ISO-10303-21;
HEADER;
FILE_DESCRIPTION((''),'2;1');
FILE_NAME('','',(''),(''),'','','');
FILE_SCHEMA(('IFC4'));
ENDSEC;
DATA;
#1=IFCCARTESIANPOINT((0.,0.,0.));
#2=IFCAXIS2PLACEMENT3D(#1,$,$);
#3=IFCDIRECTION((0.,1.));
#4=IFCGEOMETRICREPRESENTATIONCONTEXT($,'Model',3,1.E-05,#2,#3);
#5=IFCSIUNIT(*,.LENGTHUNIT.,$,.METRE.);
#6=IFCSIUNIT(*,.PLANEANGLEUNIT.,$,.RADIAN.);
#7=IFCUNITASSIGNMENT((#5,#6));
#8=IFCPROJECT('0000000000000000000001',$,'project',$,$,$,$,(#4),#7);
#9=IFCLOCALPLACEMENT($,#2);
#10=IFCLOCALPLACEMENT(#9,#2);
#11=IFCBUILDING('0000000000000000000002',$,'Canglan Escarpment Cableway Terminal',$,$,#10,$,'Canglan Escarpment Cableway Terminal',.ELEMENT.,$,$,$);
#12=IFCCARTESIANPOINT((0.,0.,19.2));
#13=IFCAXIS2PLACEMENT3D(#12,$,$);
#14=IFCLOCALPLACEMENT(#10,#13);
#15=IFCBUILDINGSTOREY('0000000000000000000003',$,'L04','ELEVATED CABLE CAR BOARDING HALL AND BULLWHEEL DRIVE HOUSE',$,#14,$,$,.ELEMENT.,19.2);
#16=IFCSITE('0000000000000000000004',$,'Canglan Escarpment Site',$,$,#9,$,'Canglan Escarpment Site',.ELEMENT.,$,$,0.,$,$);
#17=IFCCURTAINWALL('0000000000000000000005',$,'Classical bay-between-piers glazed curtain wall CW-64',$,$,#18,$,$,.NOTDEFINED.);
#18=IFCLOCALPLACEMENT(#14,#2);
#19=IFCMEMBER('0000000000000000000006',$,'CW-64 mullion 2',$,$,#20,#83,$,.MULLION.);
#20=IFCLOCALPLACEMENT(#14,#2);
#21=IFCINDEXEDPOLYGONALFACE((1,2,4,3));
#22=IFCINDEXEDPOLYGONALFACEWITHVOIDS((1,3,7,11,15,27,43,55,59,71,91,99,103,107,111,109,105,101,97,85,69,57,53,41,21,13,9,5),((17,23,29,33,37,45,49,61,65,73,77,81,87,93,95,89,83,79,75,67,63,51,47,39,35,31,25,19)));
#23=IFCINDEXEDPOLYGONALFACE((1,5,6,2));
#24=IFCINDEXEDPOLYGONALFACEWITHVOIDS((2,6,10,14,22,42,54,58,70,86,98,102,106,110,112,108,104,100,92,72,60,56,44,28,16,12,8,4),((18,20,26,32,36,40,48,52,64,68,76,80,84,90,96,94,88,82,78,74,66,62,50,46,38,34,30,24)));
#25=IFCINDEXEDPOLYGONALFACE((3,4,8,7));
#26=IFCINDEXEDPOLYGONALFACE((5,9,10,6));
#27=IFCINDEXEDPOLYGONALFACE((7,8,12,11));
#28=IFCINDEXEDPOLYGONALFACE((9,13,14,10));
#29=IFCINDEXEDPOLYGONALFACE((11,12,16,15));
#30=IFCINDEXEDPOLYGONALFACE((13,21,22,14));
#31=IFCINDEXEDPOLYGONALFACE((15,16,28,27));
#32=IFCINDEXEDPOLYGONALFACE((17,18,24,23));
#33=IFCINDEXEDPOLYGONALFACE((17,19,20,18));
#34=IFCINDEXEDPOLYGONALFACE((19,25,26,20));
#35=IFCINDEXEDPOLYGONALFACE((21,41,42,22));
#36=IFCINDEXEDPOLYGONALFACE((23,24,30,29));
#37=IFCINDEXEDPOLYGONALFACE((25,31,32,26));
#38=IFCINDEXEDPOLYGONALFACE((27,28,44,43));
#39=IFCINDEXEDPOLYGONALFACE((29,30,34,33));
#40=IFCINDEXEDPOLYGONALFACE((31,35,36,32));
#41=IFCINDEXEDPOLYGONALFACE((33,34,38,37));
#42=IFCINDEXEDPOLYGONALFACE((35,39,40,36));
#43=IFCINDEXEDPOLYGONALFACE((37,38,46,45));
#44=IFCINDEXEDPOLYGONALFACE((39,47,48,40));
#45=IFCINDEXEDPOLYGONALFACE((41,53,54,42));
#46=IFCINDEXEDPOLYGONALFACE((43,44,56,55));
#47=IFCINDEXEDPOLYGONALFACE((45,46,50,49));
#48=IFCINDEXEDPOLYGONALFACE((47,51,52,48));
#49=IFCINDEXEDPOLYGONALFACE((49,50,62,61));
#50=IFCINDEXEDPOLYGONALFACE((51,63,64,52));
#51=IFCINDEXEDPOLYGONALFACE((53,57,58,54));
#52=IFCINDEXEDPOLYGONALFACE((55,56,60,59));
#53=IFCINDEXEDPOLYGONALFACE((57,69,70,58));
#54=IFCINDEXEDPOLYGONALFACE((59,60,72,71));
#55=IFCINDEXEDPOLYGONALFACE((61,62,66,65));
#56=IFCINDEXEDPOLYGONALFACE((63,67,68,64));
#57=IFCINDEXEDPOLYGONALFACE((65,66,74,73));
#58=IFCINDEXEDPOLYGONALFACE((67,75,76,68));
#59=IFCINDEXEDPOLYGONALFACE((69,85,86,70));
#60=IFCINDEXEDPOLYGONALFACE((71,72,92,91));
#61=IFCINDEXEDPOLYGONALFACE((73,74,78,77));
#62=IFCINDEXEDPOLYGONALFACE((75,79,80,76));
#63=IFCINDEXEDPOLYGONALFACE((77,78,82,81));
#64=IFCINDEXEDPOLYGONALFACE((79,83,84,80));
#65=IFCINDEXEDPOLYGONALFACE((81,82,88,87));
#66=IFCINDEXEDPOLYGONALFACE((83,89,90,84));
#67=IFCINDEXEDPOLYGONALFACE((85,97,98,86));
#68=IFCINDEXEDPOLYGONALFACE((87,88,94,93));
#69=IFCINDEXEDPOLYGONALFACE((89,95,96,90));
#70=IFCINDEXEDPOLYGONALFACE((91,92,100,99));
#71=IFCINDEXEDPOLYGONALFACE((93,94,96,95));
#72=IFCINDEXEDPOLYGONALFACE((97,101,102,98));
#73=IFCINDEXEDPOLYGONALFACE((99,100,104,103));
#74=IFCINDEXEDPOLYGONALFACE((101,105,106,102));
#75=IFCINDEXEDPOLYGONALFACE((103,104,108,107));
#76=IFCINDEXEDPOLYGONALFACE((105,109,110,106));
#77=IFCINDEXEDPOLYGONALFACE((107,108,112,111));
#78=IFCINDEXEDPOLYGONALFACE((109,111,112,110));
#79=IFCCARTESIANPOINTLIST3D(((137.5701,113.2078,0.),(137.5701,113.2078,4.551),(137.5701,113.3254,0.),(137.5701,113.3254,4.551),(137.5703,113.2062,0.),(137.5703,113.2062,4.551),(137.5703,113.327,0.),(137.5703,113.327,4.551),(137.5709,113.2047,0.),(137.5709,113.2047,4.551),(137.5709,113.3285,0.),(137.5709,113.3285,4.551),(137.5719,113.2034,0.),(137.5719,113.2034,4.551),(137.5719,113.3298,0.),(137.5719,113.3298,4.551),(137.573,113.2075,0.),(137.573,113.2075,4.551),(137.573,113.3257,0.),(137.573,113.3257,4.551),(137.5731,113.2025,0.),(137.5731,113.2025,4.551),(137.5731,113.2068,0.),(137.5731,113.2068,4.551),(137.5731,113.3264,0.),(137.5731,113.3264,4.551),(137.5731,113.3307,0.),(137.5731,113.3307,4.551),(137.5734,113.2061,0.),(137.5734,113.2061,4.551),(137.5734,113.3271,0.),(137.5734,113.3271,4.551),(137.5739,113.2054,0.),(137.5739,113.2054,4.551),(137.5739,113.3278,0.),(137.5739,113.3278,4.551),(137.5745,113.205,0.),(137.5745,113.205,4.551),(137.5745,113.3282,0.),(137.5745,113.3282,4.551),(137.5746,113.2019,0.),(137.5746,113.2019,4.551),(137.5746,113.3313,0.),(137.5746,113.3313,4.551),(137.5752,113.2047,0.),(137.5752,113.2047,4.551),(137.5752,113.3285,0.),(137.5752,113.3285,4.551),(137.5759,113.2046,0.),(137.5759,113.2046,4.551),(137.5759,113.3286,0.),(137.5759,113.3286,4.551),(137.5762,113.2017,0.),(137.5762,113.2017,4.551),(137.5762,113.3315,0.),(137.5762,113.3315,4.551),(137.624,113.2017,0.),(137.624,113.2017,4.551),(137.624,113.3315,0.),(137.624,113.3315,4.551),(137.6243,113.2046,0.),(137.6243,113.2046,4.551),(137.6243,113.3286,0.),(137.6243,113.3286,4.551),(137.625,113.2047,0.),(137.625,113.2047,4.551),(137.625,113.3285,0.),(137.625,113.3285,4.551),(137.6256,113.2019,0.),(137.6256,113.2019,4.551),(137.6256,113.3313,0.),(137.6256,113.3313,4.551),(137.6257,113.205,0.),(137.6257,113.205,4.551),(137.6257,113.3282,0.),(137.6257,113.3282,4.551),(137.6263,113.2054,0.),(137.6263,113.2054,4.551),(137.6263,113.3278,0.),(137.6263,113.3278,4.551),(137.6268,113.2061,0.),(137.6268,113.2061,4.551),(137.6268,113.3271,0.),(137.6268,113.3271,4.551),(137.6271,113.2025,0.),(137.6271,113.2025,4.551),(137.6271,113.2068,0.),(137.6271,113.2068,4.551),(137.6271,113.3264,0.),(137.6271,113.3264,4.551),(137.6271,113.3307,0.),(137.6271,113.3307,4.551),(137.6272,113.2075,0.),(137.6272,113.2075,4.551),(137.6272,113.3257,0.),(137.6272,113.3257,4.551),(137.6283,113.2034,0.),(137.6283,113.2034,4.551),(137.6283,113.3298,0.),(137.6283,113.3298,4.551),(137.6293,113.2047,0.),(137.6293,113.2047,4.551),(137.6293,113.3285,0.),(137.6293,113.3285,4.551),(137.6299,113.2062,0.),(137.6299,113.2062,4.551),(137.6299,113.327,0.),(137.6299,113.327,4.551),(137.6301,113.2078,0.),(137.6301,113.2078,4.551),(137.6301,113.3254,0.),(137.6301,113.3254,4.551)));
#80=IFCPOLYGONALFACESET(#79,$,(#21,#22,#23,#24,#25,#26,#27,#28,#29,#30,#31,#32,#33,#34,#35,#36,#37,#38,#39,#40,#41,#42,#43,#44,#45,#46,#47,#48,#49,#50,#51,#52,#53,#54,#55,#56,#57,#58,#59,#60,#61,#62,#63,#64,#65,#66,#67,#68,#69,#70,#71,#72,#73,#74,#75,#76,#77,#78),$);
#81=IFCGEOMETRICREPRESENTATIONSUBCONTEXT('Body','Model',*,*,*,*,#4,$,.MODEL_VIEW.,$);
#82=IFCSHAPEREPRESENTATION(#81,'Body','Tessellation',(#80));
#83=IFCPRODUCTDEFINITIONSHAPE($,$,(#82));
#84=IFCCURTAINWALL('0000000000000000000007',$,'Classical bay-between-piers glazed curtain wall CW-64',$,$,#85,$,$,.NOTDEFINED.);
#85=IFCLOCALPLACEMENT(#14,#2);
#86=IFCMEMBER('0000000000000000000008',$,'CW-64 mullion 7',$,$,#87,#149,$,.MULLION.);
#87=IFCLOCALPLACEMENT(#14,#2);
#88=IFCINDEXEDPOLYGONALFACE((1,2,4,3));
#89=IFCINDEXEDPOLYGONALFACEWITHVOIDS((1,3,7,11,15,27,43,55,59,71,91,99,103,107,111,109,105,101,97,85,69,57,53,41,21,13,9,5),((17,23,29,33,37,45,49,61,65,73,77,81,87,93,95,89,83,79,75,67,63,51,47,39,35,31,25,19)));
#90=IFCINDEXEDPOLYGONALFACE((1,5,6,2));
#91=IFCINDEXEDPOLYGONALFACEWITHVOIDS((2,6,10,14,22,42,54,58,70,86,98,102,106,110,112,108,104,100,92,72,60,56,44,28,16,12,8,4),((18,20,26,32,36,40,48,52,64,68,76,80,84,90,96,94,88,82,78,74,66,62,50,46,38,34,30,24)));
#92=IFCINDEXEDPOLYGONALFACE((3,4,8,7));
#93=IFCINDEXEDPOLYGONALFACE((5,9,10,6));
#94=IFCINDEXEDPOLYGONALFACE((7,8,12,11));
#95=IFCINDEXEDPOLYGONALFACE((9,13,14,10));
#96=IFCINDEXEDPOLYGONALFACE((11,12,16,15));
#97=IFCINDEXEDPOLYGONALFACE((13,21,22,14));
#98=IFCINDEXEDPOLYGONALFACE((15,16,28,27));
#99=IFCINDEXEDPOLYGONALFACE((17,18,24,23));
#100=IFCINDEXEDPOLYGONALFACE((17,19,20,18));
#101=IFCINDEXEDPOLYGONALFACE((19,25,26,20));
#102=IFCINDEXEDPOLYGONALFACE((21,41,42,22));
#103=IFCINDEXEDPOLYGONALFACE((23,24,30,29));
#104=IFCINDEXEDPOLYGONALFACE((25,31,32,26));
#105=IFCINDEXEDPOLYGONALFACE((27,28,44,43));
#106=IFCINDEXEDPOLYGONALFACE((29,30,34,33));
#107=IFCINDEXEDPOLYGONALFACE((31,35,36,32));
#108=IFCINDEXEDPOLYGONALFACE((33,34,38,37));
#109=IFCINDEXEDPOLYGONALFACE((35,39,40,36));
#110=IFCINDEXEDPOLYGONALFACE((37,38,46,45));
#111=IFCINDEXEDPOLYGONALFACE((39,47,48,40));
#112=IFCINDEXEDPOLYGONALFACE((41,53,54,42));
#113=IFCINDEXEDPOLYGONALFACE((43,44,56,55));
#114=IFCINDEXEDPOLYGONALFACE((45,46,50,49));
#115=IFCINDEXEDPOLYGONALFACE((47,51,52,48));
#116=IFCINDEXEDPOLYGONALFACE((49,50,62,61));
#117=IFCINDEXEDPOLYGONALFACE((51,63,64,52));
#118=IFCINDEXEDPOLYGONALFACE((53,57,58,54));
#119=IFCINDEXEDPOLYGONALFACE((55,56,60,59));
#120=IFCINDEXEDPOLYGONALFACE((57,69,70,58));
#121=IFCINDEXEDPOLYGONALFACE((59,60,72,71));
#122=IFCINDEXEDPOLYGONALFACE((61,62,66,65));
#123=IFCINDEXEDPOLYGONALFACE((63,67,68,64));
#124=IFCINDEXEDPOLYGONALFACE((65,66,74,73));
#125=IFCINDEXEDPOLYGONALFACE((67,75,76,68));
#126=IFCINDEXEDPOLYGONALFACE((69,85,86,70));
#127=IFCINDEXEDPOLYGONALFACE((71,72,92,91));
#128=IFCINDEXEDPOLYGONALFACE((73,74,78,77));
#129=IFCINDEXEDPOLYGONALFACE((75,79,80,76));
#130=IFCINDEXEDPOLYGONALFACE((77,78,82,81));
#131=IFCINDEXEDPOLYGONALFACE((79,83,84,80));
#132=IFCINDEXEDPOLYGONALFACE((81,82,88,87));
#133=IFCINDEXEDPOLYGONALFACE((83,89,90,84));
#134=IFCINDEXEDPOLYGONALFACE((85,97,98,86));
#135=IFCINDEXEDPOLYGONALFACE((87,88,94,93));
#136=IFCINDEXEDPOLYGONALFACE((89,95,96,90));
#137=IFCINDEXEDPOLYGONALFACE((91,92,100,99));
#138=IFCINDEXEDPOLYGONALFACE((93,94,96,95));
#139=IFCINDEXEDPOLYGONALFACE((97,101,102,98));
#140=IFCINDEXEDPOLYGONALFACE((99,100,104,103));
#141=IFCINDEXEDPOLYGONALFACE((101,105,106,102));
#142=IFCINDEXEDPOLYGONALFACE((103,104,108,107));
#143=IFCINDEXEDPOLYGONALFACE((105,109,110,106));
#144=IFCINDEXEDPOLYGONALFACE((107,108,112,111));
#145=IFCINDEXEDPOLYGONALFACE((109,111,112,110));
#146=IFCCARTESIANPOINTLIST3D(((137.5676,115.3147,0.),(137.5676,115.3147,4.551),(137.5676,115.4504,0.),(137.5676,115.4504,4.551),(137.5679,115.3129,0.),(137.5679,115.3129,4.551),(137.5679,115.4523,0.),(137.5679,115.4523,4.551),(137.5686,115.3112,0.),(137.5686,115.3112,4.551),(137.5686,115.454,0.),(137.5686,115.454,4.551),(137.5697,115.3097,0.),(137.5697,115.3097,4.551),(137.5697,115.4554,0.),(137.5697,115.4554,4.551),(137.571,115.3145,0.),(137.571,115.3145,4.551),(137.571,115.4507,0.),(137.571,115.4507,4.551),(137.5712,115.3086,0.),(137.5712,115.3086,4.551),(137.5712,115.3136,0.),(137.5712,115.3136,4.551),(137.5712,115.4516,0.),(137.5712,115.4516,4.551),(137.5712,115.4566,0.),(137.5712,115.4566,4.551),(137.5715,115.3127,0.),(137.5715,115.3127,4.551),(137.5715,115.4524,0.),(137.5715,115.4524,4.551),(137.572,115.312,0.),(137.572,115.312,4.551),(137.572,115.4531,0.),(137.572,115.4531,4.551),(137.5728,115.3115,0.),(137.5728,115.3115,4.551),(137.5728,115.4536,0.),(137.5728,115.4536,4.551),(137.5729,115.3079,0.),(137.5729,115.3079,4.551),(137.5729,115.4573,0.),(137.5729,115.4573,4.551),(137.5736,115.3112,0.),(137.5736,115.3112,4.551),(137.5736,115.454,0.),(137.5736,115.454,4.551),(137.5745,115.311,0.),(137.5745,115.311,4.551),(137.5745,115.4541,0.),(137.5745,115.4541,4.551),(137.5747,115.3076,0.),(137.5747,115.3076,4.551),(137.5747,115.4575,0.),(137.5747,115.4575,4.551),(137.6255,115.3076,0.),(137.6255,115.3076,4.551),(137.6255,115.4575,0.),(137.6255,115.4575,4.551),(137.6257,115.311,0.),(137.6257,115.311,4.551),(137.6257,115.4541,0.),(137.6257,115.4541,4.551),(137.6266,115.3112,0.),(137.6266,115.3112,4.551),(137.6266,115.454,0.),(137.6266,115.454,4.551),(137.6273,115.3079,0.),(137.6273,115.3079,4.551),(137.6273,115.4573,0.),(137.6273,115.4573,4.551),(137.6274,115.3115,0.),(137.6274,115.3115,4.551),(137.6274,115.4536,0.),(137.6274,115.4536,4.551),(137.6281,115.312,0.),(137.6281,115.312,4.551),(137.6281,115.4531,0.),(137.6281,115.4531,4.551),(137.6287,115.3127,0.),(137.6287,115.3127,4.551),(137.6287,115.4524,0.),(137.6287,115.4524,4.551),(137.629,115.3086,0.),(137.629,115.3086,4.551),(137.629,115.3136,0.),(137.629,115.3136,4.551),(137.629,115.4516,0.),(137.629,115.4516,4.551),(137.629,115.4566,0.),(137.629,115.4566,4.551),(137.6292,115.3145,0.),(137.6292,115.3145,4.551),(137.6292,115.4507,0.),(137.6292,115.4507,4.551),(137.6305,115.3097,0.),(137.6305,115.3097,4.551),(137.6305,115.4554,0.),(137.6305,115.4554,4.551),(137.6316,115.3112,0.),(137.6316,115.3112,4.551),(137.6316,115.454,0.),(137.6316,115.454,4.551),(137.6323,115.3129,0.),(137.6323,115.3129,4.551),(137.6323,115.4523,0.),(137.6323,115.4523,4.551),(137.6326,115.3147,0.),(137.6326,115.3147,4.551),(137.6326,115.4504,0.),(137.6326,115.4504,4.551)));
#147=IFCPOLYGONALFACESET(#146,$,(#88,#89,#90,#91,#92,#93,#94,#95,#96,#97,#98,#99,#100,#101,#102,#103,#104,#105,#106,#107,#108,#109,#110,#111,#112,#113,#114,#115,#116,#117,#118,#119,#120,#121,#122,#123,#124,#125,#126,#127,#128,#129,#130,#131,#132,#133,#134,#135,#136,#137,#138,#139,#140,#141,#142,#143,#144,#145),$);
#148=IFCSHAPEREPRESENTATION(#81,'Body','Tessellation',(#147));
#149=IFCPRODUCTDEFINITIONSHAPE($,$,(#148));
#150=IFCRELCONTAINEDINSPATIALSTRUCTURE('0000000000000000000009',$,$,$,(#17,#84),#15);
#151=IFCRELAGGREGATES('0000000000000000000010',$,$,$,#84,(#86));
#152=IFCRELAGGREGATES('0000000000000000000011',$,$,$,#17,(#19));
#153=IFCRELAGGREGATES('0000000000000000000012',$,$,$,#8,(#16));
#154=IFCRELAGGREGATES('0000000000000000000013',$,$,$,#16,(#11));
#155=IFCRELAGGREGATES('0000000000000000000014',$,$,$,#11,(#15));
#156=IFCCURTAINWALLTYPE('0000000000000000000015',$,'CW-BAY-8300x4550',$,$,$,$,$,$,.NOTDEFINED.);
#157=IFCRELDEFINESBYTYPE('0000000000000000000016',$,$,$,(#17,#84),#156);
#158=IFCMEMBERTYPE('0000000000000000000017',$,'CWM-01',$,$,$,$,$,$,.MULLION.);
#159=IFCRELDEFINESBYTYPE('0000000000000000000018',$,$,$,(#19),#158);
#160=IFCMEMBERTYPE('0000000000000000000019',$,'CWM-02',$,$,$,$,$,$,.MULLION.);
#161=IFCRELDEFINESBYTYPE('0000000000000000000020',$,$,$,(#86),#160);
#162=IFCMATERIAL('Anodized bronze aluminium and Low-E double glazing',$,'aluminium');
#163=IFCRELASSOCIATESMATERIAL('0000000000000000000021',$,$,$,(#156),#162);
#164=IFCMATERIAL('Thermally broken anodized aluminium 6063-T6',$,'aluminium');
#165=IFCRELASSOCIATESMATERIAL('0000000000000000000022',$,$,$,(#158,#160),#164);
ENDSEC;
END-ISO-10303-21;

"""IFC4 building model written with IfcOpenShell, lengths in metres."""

from ifc_helpers import new_model, si_unit, direction, frame, origin, origin_2d, place, context, subcontext, project, spatial, hollow_rectangle, extrude, material, material_profile, profile_set, type_object, element, aggregate, save


model = new_model("IFC4")

# Units and contexts
model_context = context("Model", 3, precision=1e-05, world=origin(), true_north=direction((0.0, 1.0)))
body_context = subcontext(model_context, "Body", "Model", "MODEL_VIEW")
ifc_project = project(units=[si_unit("LENGTHUNIT", "METRE"), si_unit("PLANEANGLEUNIT", "RADIAN")], contexts=[model_context])

# Site, building, storey
site_placement = place(None, origin())
site = spatial("IfcSite", under=ifc_project, at=site_placement, Name="Canglan Escarpment Site", LongName="Canglan Escarpment Site", CompositionType="ELEMENT", RefElevation=0.0)
building_placement = place(site_placement, origin())
building = spatial("IfcBuilding", under=site, at=building_placement, Name="Canglan Escarpment Cableway Terminal", LongName="Canglan Escarpment Cableway Terminal", CompositionType="ELEMENT")
storey_placement = place(building_placement, frame((0.0, 0.0, 19.2)))
storey = spatial("IfcBuildingStorey", under=building, at=storey_placement, Name="L04", Description="ELEVATED CABLE CAR BOARDING HALL AND BULLWHEEL DRIVE HOUSE", CompositionType="ELEMENT", Elevation=19.2)

# Curtain wall, member
ifc_material_1 = material(Name="Anodized bronze aluminium and Low-E double glazing", Category="aluminium")
curtain_wall_type_1 = type_object("IfcCurtainWallType", Name="CW-BAY-8300x4550", PredefinedType="NOTDEFINED", material=ifc_material_1)
curtain_wall_1_placement = place(storey_placement, origin())
curtain_wall_1 = element("IfcCurtainWall", 1, at=curtain_wall_1_placement, inside=storey, type_object=curtain_wall_type_1, Name="Classical bay-between-piers glazed curtain wall CW-64", PredefinedType="NOTDEFINED")
ifc_material_2 = material(Name="Thermally broken anodized aluminium 6063-T6", Category="aluminium")
ifc_material_profile_1 = material_profile(ifc_material_2, hollow_rectangle(XDim=0.0601, YDim=0.1299, WallThickness=0.0029, InnerFilletRadius=0.0029, OuterFilletRadius=0.0061, at=origin_2d()), Name="ALU-MULL 60x130x3")
ifc_profile_set_1 = profile_set([ifc_material_profile_1], Name="Thermally broken anodized aluminium 6063-T6")
member_type_1 = type_object("IfcMemberType", Name="CWM-01", PredefinedType="MULLION", material=ifc_profile_set_1)
member_1_placement = place(storey_placement, frame((137.6001, 113.2666, 0.0), z_axis=(0.0, 0.0, 1.0), x_axis=(1.0, 0.0, 0.0)))
member_1 = element("IfcMember", 2, at=member_1_placement, type_object=member_type_1, Name="CW-64 mullion 2", PredefinedType="MULLION", context=body_context, shape_type="SweptSolid", body=[
    extrude(hollow_rectangle(XDim=0.0601, YDim=0.1299, WallThickness=0.0029, InnerFilletRadius=0.0029, OuterFilletRadius=0.0061, at=origin_2d()), origin(), (0.0, 0.0, 1.0), 4.551),
])

# Curtain wall, member
curtain_wall_2_placement = place(storey_placement, origin())
curtain_wall_2 = element("IfcCurtainWall", 3, at=curtain_wall_2_placement, inside=storey, type_object=curtain_wall_type_1, Name="Classical bay-between-piers glazed curtain wall CW-64", PredefinedType="NOTDEFINED")
ifc_material_profile_2 = material_profile(ifc_material_2, hollow_rectangle(XDim=0.0649, YDim=0.1499, WallThickness=0.0034, InnerFilletRadius=0.0034, OuterFilletRadius=0.0071, at=origin_2d()), Name="ALU-MULL 65x150x3.5")
ifc_profile_set_2 = profile_set([ifc_material_profile_2], Name="Thermally broken anodized aluminium 6063-T6")
member_type_2 = type_object("IfcMemberType", Name="CWM-02", PredefinedType="MULLION", material=ifc_profile_set_2)
member_2_placement = place(storey_placement, frame((137.6001, 115.3826, 0.0), z_axis=(0.0, 0.0, 1.0), x_axis=(1.0, 0.0, 0.0)))
member_2 = element("IfcMember", 4, at=member_2_placement, type_object=member_type_2, Name="CW-64 mullion 7", PredefinedType="MULLION", context=body_context, shape_type="SweptSolid", body=[
    extrude(hollow_rectangle(XDim=0.0649, YDim=0.1499, WallThickness=0.0034, InnerFilletRadius=0.0034, OuterFilletRadius=0.0071, at=origin_2d()), origin(), (0.0, 0.0, 1.0), 4.551),
])
aggregate(curtain_wall_2, [member_2])

aggregate(curtain_wall_1, [member_1])

save(model, "model.ifc")
